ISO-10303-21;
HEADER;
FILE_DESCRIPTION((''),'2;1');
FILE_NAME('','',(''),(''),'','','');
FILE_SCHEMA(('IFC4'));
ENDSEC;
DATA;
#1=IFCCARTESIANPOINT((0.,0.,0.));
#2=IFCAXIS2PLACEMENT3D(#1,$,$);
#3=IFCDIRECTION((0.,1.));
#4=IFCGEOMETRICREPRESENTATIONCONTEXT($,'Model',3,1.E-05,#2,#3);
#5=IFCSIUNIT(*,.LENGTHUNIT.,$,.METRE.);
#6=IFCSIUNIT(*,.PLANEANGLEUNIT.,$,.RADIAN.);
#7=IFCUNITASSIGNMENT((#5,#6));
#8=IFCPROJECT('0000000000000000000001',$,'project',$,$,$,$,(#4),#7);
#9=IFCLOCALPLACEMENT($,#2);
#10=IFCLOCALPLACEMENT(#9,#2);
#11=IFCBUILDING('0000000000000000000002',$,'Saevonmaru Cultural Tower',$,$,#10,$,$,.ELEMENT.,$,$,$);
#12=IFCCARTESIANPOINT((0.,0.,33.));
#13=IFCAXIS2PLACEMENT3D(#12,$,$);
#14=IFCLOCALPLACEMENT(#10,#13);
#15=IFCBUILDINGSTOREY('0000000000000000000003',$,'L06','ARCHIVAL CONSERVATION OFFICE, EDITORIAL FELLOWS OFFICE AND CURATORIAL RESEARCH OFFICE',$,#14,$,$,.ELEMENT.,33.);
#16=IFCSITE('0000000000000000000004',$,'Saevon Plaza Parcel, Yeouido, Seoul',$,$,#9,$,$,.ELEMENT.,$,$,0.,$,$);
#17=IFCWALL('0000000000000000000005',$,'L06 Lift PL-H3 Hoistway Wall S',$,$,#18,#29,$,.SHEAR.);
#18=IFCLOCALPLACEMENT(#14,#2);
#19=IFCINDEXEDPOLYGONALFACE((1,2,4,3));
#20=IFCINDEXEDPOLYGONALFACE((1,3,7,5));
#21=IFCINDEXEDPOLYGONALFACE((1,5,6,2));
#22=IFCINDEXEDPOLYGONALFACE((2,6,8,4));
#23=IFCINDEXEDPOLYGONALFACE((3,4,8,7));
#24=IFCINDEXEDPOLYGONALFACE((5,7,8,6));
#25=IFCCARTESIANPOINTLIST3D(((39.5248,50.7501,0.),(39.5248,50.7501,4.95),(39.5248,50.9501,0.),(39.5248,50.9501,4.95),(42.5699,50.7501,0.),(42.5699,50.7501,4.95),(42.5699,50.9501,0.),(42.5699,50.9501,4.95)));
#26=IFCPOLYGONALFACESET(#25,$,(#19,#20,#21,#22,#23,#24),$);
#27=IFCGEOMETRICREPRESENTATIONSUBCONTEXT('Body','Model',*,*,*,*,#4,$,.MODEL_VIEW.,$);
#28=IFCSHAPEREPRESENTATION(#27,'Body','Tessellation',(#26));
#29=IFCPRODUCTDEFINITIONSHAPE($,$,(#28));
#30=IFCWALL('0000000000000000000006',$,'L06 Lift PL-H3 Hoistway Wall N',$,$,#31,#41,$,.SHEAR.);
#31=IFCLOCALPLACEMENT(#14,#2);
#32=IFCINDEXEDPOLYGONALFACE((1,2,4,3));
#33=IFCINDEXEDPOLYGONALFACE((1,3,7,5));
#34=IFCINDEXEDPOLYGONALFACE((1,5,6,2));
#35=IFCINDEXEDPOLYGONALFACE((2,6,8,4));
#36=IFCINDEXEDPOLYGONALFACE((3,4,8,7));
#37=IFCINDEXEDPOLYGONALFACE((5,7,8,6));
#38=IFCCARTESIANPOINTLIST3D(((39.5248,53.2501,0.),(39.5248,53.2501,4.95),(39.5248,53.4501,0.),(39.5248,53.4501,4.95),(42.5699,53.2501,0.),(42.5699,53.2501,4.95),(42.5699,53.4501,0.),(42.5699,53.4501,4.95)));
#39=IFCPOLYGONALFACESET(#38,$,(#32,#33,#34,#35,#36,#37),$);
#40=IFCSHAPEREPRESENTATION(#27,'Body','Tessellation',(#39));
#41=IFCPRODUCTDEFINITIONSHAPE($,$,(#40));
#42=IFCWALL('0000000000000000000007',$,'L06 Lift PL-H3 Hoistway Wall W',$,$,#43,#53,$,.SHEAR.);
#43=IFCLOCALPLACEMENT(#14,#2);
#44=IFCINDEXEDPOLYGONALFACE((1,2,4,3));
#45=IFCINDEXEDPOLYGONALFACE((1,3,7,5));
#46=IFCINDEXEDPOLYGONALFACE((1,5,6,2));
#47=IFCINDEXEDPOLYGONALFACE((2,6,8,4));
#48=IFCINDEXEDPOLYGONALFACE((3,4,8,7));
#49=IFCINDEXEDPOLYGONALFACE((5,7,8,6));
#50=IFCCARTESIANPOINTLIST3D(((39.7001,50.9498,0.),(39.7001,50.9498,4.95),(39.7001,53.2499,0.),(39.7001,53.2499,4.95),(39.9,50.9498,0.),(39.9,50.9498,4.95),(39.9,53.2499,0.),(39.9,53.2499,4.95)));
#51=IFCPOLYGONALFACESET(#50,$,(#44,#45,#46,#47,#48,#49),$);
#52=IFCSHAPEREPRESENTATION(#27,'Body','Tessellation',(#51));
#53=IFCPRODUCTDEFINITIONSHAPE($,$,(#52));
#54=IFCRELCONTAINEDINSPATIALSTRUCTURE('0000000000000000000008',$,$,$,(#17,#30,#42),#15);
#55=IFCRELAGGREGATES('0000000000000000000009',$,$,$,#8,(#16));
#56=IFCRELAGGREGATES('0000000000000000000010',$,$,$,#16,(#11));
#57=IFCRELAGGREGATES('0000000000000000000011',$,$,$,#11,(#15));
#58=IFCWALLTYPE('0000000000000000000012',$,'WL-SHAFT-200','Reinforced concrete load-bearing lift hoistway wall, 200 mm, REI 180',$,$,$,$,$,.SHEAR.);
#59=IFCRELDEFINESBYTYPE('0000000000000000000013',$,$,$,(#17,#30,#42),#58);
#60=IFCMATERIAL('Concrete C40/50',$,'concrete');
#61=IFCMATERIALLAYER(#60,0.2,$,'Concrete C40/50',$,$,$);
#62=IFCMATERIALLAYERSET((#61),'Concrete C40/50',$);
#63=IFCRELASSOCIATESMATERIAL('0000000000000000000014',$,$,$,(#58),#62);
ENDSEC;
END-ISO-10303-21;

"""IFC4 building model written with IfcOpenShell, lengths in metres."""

from ifc_helpers import new_model, si_unit, direction, frame, frame_2d, origin, place, context, subcontext, project, spatial, rectangle, extrude, material, layer, layer_set, type_object, element, save


model = new_model("IFC4")

# Units and contexts
model_context = context("Model", 3, precision=1e-05, world=origin(), true_north=direction((0.0, 1.0)))
body_context = subcontext(model_context, "Body", "Model", "MODEL_VIEW")
ifc_project = project(units=[si_unit("LENGTHUNIT", "METRE"), si_unit("PLANEANGLEUNIT", "RADIAN")], contexts=[model_context])

# Site, building, storey
site_placement = place(None, origin())
site = spatial("IfcSite", under=ifc_project, at=site_placement, Name="Saevon Plaza Parcel, Yeouido, Seoul", CompositionType="ELEMENT", RefElevation=0.0)
building_placement = place(site_placement, origin())
building = spatial("IfcBuilding", under=site, at=building_placement, Name="Saevonmaru Cultural Tower", CompositionType="ELEMENT")
storey_placement = place(building_placement, frame((0.0, 0.0, 33.0)))
storey = spatial("IfcBuildingStorey", under=building, at=storey_placement, Name="L06", Description="ARCHIVAL CONSERVATION OFFICE, EDITORIAL FELLOWS OFFICE AND CURATORIAL RESEARCH OFFICE", CompositionType="ELEMENT", Elevation=33.0)

# Shared definitions
ifc_material_1 = material(Name="Concrete C40/50", Category="concrete")
ifc_layer_1 = layer(ifc_material_1, 0.2, Name="Concrete C40/50")
ifc_layer_set_1 = layer_set([ifc_layer_1], Name="Concrete C40/50")
wall_type = type_object("IfcWallType", Name="WL-SHAFT-200", Description="Reinforced concrete load-bearing lift hoistway wall, 200 mm, REI 180", PredefinedType="SHEAR", material=ifc_layer_set_1)

# Walls
for number, where, z_axis, x_axis, name in (
    (1, (39.5249, 50.8501, 0.0), (0.0, 0.0, 1.0), (1.0, 0.0, 0.0), "L06 Lift PL-H3 Hoistway Wall S"),
    (2, (39.5249, 53.3501, 0.0), (0.0, 0.0, 1.0), (1.0, 0.0, 0.0), "L06 Lift PL-H3 Hoistway Wall N"),
):
    element("IfcWall", number, at=place(storey_placement, frame(where, z_axis=z_axis, x_axis=x_axis)), inside=storey, type_object=wall_type, Name=name, PredefinedType="SHEAR", context=body_context, shape_type="SweptSolid", body=[
        extrude(rectangle(XDim=3.0452, YDim=0.2, at=frame_2d((1.5225, 0.0))), origin(), (0.0, 0.0, 1.0), 4.95),
    ])
wall_1_placement = place(storey_placement, frame((39.8, 50.95, 0.0), z_axis=(0.0, 0.0, 1.0), x_axis=(0.0, 1.0, 0.0)))
element("IfcWall", 3, at=wall_1_placement, inside=storey, type_object=wall_type, Name="L06 Lift PL-H3 Hoistway Wall W", PredefinedType="SHEAR", context=body_context, shape_type="SweptSolid", body=[
    extrude(rectangle(XDim=2.3, YDim=0.2, at=frame_2d((1.1499, 0.0))), origin(), (0.0, 0.0, 1.0), 4.95),
])

save(model, "model.ifc")
